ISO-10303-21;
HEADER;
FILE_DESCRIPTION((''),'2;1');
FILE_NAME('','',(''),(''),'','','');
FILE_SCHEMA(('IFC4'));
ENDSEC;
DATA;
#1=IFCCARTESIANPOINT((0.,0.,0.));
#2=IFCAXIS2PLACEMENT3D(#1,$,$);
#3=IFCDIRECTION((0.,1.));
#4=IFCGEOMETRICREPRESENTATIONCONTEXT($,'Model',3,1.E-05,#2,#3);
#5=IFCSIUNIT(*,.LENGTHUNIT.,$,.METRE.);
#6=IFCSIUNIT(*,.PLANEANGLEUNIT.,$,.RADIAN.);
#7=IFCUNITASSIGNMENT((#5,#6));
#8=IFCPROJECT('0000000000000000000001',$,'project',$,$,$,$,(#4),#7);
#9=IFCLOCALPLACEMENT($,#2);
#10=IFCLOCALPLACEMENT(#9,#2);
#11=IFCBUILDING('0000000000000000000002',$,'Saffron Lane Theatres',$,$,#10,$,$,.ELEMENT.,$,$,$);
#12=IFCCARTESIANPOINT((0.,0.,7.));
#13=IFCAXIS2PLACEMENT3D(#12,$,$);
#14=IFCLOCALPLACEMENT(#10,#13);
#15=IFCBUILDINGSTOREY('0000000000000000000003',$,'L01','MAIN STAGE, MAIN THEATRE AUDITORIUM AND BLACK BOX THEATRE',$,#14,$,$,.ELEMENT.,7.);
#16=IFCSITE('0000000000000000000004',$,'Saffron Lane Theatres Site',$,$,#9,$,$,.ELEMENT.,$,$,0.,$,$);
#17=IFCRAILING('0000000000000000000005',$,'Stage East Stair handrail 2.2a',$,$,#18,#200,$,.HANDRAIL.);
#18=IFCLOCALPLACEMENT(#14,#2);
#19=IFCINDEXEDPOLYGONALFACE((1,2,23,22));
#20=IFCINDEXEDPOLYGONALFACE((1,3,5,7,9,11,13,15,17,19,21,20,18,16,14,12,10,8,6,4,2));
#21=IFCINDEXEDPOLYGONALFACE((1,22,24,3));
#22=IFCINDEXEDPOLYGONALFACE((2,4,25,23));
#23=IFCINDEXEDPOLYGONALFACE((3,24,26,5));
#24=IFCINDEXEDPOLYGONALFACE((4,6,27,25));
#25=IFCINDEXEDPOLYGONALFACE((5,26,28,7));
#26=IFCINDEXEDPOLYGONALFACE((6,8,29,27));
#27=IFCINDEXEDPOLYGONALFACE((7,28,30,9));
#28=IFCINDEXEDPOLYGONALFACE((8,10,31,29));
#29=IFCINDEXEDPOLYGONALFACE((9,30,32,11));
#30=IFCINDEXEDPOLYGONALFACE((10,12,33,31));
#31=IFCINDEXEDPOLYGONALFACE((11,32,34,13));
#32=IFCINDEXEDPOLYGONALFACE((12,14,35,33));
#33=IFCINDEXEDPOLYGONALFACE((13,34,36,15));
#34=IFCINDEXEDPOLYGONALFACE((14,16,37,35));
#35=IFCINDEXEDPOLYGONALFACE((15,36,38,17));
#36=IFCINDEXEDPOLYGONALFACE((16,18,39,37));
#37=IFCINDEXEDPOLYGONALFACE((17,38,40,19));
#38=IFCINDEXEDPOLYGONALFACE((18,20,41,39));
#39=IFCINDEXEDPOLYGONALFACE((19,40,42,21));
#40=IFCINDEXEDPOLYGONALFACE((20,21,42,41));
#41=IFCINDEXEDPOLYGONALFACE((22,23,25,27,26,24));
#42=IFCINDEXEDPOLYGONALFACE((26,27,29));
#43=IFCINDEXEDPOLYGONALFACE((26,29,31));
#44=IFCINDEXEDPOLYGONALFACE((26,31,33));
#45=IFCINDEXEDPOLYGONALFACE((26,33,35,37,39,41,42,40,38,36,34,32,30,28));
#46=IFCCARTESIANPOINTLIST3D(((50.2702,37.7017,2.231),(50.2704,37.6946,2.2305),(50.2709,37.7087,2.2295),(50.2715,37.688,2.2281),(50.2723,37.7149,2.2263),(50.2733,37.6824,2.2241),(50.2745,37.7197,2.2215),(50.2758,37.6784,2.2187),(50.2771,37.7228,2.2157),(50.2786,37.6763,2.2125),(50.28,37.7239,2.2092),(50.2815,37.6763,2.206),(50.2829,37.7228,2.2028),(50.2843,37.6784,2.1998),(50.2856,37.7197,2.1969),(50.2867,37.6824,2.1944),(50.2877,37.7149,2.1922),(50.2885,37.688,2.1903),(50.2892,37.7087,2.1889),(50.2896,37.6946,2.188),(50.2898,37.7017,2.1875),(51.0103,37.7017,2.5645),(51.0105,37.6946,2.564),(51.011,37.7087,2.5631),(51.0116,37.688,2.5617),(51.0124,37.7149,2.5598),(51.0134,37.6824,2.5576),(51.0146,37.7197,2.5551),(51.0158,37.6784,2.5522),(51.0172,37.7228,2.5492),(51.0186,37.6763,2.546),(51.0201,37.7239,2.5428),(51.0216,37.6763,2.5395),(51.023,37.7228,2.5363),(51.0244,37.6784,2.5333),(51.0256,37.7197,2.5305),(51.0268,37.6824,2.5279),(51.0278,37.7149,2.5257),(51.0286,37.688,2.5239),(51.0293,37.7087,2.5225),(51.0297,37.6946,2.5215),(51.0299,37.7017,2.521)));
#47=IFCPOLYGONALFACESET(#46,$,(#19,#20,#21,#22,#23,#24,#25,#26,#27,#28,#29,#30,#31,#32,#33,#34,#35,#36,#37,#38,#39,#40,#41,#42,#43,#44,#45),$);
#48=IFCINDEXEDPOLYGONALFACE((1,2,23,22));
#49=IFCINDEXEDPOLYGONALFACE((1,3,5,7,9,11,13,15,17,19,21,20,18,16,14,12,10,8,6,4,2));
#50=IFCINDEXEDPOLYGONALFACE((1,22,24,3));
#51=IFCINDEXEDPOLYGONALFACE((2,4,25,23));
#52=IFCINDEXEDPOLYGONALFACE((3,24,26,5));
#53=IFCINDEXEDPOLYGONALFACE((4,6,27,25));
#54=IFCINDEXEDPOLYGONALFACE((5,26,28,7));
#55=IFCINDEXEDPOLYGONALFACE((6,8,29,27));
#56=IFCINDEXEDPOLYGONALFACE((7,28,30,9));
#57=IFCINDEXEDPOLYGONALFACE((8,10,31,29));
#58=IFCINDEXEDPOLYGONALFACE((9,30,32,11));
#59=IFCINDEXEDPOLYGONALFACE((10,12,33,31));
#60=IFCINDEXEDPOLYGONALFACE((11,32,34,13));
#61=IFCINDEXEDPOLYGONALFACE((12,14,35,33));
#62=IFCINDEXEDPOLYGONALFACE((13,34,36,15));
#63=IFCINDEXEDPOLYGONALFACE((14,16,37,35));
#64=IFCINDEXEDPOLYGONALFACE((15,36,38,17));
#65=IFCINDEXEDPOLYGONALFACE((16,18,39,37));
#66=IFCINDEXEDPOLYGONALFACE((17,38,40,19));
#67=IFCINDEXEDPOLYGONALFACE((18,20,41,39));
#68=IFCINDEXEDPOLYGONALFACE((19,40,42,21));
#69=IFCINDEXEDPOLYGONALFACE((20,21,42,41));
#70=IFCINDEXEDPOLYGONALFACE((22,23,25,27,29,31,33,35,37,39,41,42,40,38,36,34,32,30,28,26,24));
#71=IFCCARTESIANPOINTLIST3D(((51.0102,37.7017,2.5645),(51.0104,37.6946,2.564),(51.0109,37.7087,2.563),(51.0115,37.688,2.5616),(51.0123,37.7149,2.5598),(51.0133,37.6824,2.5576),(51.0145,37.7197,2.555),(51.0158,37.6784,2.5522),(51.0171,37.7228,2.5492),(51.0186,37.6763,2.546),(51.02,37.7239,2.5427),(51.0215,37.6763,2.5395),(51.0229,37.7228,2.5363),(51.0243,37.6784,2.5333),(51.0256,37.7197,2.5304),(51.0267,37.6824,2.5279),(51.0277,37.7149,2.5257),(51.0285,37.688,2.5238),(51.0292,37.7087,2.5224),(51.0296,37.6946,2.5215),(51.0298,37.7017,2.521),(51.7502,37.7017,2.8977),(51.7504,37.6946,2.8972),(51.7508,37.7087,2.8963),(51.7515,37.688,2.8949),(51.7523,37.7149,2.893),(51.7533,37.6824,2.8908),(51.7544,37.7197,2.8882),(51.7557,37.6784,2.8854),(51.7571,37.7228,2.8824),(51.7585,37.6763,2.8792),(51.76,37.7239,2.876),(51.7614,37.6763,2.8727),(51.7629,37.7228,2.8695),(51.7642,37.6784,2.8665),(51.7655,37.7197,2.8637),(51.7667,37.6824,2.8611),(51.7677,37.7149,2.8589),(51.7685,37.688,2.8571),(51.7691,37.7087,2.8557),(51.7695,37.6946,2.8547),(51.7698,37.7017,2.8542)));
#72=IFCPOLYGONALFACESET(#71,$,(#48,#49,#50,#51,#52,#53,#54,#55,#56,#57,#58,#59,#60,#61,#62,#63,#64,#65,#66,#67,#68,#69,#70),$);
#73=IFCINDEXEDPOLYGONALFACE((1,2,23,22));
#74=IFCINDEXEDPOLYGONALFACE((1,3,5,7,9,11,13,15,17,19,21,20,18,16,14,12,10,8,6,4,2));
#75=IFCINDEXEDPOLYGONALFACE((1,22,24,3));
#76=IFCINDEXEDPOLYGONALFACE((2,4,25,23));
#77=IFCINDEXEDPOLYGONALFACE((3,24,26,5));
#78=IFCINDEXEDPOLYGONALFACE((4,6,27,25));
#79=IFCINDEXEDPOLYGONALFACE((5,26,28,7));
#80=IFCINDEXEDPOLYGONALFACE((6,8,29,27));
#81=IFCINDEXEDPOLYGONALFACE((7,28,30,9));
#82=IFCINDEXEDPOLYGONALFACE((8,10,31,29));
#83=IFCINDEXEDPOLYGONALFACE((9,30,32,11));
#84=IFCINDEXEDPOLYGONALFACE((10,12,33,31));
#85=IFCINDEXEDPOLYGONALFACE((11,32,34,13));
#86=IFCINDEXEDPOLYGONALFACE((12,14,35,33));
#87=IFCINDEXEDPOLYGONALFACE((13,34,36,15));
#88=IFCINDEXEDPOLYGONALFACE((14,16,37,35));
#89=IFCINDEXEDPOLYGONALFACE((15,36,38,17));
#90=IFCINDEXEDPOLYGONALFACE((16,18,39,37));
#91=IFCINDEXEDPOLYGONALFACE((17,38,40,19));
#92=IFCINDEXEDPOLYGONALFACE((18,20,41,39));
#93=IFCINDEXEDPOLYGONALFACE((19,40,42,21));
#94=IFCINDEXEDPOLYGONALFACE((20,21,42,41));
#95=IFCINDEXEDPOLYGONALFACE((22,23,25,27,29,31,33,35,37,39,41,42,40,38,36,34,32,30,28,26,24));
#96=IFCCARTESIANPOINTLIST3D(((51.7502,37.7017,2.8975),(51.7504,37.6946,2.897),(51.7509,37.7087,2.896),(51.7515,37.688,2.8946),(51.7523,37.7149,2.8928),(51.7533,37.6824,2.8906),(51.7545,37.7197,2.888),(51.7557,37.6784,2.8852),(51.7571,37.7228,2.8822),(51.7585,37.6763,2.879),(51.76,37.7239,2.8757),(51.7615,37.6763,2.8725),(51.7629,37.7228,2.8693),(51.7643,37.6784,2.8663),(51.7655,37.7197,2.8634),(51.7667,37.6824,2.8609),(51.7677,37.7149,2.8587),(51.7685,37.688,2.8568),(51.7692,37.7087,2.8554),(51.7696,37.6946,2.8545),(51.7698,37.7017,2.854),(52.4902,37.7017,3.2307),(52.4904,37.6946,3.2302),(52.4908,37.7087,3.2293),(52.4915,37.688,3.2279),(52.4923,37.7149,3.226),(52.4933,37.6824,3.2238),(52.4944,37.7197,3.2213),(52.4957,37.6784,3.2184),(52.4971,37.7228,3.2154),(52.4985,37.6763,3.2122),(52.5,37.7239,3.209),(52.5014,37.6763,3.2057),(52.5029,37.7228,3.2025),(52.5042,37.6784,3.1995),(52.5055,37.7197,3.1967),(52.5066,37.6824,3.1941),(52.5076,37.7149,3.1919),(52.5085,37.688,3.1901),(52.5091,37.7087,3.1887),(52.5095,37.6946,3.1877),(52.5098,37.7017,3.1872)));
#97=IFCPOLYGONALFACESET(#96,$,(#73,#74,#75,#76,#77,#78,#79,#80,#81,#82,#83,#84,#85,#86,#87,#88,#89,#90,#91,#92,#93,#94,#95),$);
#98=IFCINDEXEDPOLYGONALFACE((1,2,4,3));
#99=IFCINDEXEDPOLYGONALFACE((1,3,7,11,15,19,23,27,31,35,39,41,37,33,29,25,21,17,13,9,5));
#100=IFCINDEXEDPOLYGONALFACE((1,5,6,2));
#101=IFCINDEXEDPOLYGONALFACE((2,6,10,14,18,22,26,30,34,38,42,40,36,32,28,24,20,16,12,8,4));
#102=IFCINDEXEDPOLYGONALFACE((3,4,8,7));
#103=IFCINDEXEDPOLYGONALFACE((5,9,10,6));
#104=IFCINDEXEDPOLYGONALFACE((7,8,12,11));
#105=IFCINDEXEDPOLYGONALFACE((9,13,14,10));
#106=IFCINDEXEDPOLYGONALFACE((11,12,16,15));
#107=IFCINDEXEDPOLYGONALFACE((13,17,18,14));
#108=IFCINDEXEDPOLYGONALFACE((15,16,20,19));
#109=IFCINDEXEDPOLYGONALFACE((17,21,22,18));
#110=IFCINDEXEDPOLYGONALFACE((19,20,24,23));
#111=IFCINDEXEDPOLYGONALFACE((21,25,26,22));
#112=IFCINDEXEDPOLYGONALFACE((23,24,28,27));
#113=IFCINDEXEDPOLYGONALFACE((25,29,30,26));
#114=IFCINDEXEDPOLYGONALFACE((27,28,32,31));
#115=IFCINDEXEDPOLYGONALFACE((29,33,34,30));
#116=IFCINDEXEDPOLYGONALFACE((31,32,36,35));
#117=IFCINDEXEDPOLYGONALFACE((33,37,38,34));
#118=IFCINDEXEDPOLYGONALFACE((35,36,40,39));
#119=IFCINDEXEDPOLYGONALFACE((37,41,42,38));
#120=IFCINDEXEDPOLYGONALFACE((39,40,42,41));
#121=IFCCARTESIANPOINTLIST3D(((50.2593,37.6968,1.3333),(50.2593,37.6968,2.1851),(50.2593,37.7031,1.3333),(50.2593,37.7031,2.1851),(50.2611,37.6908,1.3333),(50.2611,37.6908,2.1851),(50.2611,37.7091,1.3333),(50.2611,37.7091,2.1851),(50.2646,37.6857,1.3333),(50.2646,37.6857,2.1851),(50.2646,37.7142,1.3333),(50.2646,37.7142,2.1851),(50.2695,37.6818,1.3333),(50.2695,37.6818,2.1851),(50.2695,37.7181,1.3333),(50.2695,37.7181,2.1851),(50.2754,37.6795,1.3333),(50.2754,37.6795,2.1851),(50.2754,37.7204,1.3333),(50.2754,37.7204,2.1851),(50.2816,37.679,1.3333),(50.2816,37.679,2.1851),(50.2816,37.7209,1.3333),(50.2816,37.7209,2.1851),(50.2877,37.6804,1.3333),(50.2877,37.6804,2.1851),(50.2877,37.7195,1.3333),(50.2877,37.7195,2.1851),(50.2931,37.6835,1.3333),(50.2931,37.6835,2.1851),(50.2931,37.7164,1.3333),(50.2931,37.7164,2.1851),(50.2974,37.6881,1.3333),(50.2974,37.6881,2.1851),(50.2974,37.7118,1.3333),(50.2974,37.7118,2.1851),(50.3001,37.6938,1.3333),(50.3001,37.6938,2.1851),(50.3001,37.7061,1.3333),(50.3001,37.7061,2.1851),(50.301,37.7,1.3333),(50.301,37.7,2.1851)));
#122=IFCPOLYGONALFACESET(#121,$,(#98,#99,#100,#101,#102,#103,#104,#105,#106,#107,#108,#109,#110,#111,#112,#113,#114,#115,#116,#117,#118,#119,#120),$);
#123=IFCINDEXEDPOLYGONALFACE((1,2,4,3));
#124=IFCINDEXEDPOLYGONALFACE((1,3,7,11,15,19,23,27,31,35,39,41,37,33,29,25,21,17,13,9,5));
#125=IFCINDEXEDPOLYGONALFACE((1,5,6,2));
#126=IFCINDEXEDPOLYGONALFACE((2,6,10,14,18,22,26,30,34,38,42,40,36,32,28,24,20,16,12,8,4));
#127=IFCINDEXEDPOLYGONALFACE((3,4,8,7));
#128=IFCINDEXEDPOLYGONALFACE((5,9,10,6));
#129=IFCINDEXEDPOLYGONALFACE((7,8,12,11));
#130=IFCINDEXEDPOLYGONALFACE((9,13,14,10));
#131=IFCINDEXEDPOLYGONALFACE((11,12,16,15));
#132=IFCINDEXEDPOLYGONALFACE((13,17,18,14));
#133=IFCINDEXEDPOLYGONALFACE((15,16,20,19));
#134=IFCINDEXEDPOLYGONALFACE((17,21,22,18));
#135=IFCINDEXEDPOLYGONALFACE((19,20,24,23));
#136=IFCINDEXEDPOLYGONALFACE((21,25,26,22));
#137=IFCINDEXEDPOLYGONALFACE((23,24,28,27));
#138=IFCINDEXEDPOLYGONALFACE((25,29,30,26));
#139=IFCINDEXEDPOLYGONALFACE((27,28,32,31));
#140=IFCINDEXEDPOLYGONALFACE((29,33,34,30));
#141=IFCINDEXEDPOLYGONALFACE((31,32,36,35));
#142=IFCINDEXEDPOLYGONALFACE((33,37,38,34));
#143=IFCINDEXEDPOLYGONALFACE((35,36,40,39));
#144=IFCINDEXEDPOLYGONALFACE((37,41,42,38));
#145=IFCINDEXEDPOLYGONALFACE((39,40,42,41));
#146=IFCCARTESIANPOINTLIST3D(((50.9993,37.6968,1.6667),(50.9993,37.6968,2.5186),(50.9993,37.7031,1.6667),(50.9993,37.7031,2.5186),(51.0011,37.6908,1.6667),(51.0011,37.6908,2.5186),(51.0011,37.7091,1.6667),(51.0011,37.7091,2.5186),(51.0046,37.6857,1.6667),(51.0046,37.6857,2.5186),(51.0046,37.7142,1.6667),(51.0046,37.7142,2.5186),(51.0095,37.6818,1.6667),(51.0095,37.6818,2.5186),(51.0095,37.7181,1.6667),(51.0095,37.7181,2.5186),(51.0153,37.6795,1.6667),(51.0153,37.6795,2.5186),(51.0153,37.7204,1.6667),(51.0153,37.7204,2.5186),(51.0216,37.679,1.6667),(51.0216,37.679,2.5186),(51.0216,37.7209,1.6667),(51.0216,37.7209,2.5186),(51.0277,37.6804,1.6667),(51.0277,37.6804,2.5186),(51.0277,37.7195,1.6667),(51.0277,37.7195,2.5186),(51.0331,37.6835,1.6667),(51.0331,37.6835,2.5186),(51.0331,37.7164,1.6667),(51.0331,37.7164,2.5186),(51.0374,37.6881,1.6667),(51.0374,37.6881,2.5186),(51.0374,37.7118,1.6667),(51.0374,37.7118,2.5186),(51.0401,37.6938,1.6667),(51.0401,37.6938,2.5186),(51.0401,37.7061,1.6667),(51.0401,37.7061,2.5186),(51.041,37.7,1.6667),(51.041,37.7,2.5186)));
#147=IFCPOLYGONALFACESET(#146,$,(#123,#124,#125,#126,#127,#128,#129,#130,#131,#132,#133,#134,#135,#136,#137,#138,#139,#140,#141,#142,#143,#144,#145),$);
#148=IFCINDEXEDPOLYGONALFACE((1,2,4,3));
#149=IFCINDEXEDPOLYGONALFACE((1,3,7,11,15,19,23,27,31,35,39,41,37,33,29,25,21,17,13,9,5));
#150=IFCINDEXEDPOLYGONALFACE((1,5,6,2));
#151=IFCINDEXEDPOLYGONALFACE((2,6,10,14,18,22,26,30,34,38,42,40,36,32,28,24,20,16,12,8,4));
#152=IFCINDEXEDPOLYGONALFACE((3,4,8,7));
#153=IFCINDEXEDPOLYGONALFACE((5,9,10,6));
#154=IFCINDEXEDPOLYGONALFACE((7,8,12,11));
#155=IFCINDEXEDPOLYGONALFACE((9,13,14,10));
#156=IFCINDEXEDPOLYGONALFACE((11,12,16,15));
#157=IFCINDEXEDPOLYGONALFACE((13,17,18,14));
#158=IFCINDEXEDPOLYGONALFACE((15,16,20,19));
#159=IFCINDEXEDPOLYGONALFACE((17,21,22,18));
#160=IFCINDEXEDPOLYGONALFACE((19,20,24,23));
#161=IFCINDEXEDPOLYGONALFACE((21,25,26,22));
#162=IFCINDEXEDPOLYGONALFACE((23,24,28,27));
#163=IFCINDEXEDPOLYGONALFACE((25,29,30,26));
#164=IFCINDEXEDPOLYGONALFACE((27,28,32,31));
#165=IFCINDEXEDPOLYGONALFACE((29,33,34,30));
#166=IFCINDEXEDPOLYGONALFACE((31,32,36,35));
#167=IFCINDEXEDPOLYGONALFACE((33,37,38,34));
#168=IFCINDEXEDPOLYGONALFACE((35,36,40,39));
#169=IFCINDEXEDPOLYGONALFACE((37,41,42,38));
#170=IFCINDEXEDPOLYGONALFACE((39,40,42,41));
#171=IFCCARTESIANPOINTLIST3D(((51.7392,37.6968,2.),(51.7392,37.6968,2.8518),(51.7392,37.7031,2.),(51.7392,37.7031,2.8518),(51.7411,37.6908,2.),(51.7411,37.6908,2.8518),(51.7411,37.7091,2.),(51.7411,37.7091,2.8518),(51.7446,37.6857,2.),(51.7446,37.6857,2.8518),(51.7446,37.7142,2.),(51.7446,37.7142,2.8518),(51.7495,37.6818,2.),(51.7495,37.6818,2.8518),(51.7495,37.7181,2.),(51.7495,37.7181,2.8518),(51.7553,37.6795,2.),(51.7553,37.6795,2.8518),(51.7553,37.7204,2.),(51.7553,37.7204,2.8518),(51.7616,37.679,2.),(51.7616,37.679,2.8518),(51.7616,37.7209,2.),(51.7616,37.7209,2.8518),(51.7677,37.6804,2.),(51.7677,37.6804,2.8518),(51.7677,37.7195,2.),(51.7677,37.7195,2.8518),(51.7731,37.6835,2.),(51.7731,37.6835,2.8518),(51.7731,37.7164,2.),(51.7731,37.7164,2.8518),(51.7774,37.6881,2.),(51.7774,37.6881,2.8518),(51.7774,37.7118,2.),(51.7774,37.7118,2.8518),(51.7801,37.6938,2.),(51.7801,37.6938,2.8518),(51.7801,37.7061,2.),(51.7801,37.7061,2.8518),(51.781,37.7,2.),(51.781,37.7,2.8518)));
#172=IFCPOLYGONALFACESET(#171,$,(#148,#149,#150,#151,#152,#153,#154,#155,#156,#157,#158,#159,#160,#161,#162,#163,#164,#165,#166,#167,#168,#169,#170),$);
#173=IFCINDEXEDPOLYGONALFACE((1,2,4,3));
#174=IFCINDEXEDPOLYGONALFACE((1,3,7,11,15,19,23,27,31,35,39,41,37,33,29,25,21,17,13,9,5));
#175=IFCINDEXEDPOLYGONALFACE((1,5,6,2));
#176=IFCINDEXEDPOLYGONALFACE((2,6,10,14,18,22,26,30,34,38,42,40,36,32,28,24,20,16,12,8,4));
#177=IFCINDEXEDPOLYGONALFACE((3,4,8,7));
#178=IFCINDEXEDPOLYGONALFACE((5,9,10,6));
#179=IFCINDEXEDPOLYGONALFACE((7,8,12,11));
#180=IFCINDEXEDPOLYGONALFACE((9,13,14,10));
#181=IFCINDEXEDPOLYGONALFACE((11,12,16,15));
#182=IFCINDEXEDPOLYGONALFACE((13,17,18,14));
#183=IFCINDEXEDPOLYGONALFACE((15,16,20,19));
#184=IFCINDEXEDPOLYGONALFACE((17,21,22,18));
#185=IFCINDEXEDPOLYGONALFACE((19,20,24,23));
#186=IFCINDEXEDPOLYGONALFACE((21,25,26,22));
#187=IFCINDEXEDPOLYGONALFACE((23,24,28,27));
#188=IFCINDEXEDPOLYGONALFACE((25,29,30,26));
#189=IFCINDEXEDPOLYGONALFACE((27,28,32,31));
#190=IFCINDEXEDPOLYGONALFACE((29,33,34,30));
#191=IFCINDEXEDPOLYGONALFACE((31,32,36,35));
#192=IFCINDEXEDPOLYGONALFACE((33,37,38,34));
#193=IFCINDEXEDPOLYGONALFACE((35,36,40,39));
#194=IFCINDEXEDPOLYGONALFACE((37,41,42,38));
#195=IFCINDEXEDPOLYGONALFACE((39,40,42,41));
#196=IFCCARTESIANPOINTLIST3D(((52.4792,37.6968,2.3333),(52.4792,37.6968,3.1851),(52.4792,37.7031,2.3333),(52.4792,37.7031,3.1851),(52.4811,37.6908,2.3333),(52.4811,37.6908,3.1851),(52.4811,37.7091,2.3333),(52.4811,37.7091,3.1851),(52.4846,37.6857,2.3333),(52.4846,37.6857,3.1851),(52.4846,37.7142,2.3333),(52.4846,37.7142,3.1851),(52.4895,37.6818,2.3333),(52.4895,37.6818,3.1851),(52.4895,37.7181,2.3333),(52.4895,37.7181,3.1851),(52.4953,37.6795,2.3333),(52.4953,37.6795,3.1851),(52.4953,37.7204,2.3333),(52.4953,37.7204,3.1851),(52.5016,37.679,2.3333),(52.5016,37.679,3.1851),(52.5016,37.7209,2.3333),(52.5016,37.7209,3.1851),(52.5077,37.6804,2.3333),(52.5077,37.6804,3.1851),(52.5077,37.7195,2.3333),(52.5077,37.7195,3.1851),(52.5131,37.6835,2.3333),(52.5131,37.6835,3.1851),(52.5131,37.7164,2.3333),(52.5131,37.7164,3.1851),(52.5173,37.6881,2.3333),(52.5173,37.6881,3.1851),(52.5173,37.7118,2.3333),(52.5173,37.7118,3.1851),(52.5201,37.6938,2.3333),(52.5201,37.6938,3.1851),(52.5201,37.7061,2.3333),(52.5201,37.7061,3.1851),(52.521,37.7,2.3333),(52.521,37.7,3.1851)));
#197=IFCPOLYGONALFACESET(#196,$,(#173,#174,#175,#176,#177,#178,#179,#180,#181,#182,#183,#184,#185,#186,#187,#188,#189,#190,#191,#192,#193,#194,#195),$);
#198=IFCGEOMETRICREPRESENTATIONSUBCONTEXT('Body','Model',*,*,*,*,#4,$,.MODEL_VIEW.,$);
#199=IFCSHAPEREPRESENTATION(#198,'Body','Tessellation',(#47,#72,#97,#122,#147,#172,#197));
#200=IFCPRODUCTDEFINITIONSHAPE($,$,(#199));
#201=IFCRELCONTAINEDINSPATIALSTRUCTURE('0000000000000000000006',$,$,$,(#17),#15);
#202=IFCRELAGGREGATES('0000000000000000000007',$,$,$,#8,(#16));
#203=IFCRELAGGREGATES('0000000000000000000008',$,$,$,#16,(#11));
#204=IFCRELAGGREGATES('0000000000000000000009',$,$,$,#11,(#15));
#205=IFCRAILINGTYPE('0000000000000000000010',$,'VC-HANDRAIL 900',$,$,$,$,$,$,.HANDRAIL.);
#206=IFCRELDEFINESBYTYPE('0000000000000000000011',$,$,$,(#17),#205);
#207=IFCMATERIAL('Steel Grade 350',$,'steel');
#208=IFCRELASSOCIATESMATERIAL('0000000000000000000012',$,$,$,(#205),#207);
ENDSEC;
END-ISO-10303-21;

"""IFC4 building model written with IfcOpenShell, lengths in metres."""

from ifc_helpers import new_model, si_unit, direction, frame, origin, origin_2d, place, context, subcontext, project, spatial, circle, extrude, material, type_object, element, save


model = new_model("IFC4")

# Units and contexts
model_context = context("Model", 3, precision=1e-05, world=origin(), true_north=direction((0.0, 1.0)))
body_context = subcontext(model_context, "Body", "Model", "MODEL_VIEW")
ifc_project = project(units=[si_unit("LENGTHUNIT", "METRE"), si_unit("PLANEANGLEUNIT", "RADIAN")], contexts=[model_context])

# Site, building, storey
site_placement = place(None, origin())
site = spatial("IfcSite", under=ifc_project, at=site_placement, Name="Saffron Lane Theatres Site", CompositionType="ELEMENT", RefElevation=0.0)
building_placement = place(site_placement, origin())
building = spatial("IfcBuilding", under=site, at=building_placement, Name="Saffron Lane Theatres", CompositionType="ELEMENT")
storey_placement = place(building_placement, frame((0.0, 0.0, 7.0)))
storey = spatial("IfcBuildingStorey", under=building, at=storey_placement, Name="L01", Description="MAIN STAGE, MAIN THEATRE AUDITORIUM AND BLACK BOX THEATRE", CompositionType="ELEMENT", Elevation=7.0)

# Railing
ifc_material_1 = material(Name="Steel Grade 350", Category="steel")
railing_type_1 = type_object("IfcRailingType", Name="VC-HANDRAIL 900", PredefinedType="HANDRAIL", material=ifc_material_1)
for number, where, name in (
    (1, (50.28, 37.7, 1.3333), "Stage East Stair handrail 2.2a"),
):
    element("IfcRailing", number, at=place(storey_placement, frame(where)), inside=storey, type_object=railing_type_1, Name=name, PredefinedType="HANDRAIL", context=body_context, shape_type="SweptSolid", body=[
        extrude(circle(Radius=0.0239, at=origin_2d()), frame((0.0, 0.0, 0.876), z_axis=(0.911691, 0.0, 0.410877), x_axis=(0.0, 1.0, 0.0)), (0.0, 0.0, 1.0), 0.8118),
        extrude(circle(Radius=0.0239, at=origin_2d()), frame((0.74, 0.0, 1.2095), z_axis=(0.911803, 0.0, 0.410627), x_axis=(0.0, 1.0, 0.0)), (0.0, 0.0, 1.0), 0.8115),
        extrude(circle(Radius=0.0239, at=origin_2d()), frame((1.48, 0.0, 1.5425), z_axis=(0.911803, 0.0, 0.410627), x_axis=(0.0, 1.0, 0.0)), (0.0, 0.0, 1.0), 0.8115),
        extrude(circle(Radius=0.021, at=origin_2d()), origin(), (0.0, 0.0, 1.0), 0.8518),
        extrude(circle(Radius=0.021, at=origin_2d()), frame((0.74, 0.0, 0.3335)), (0.0, 0.0, 1.0), 0.8518),
        extrude(circle(Radius=0.021, at=origin_2d()), frame((1.48, 0.0, 0.6667)), (0.0, 0.0, 1.0), 0.8518),
        extrude(circle(Radius=0.021, at=origin_2d()), frame((2.22, 0.0, 1.0)), (0.0, 0.0, 1.0), 0.8518),
    ])

save(model, "model.ifc")
